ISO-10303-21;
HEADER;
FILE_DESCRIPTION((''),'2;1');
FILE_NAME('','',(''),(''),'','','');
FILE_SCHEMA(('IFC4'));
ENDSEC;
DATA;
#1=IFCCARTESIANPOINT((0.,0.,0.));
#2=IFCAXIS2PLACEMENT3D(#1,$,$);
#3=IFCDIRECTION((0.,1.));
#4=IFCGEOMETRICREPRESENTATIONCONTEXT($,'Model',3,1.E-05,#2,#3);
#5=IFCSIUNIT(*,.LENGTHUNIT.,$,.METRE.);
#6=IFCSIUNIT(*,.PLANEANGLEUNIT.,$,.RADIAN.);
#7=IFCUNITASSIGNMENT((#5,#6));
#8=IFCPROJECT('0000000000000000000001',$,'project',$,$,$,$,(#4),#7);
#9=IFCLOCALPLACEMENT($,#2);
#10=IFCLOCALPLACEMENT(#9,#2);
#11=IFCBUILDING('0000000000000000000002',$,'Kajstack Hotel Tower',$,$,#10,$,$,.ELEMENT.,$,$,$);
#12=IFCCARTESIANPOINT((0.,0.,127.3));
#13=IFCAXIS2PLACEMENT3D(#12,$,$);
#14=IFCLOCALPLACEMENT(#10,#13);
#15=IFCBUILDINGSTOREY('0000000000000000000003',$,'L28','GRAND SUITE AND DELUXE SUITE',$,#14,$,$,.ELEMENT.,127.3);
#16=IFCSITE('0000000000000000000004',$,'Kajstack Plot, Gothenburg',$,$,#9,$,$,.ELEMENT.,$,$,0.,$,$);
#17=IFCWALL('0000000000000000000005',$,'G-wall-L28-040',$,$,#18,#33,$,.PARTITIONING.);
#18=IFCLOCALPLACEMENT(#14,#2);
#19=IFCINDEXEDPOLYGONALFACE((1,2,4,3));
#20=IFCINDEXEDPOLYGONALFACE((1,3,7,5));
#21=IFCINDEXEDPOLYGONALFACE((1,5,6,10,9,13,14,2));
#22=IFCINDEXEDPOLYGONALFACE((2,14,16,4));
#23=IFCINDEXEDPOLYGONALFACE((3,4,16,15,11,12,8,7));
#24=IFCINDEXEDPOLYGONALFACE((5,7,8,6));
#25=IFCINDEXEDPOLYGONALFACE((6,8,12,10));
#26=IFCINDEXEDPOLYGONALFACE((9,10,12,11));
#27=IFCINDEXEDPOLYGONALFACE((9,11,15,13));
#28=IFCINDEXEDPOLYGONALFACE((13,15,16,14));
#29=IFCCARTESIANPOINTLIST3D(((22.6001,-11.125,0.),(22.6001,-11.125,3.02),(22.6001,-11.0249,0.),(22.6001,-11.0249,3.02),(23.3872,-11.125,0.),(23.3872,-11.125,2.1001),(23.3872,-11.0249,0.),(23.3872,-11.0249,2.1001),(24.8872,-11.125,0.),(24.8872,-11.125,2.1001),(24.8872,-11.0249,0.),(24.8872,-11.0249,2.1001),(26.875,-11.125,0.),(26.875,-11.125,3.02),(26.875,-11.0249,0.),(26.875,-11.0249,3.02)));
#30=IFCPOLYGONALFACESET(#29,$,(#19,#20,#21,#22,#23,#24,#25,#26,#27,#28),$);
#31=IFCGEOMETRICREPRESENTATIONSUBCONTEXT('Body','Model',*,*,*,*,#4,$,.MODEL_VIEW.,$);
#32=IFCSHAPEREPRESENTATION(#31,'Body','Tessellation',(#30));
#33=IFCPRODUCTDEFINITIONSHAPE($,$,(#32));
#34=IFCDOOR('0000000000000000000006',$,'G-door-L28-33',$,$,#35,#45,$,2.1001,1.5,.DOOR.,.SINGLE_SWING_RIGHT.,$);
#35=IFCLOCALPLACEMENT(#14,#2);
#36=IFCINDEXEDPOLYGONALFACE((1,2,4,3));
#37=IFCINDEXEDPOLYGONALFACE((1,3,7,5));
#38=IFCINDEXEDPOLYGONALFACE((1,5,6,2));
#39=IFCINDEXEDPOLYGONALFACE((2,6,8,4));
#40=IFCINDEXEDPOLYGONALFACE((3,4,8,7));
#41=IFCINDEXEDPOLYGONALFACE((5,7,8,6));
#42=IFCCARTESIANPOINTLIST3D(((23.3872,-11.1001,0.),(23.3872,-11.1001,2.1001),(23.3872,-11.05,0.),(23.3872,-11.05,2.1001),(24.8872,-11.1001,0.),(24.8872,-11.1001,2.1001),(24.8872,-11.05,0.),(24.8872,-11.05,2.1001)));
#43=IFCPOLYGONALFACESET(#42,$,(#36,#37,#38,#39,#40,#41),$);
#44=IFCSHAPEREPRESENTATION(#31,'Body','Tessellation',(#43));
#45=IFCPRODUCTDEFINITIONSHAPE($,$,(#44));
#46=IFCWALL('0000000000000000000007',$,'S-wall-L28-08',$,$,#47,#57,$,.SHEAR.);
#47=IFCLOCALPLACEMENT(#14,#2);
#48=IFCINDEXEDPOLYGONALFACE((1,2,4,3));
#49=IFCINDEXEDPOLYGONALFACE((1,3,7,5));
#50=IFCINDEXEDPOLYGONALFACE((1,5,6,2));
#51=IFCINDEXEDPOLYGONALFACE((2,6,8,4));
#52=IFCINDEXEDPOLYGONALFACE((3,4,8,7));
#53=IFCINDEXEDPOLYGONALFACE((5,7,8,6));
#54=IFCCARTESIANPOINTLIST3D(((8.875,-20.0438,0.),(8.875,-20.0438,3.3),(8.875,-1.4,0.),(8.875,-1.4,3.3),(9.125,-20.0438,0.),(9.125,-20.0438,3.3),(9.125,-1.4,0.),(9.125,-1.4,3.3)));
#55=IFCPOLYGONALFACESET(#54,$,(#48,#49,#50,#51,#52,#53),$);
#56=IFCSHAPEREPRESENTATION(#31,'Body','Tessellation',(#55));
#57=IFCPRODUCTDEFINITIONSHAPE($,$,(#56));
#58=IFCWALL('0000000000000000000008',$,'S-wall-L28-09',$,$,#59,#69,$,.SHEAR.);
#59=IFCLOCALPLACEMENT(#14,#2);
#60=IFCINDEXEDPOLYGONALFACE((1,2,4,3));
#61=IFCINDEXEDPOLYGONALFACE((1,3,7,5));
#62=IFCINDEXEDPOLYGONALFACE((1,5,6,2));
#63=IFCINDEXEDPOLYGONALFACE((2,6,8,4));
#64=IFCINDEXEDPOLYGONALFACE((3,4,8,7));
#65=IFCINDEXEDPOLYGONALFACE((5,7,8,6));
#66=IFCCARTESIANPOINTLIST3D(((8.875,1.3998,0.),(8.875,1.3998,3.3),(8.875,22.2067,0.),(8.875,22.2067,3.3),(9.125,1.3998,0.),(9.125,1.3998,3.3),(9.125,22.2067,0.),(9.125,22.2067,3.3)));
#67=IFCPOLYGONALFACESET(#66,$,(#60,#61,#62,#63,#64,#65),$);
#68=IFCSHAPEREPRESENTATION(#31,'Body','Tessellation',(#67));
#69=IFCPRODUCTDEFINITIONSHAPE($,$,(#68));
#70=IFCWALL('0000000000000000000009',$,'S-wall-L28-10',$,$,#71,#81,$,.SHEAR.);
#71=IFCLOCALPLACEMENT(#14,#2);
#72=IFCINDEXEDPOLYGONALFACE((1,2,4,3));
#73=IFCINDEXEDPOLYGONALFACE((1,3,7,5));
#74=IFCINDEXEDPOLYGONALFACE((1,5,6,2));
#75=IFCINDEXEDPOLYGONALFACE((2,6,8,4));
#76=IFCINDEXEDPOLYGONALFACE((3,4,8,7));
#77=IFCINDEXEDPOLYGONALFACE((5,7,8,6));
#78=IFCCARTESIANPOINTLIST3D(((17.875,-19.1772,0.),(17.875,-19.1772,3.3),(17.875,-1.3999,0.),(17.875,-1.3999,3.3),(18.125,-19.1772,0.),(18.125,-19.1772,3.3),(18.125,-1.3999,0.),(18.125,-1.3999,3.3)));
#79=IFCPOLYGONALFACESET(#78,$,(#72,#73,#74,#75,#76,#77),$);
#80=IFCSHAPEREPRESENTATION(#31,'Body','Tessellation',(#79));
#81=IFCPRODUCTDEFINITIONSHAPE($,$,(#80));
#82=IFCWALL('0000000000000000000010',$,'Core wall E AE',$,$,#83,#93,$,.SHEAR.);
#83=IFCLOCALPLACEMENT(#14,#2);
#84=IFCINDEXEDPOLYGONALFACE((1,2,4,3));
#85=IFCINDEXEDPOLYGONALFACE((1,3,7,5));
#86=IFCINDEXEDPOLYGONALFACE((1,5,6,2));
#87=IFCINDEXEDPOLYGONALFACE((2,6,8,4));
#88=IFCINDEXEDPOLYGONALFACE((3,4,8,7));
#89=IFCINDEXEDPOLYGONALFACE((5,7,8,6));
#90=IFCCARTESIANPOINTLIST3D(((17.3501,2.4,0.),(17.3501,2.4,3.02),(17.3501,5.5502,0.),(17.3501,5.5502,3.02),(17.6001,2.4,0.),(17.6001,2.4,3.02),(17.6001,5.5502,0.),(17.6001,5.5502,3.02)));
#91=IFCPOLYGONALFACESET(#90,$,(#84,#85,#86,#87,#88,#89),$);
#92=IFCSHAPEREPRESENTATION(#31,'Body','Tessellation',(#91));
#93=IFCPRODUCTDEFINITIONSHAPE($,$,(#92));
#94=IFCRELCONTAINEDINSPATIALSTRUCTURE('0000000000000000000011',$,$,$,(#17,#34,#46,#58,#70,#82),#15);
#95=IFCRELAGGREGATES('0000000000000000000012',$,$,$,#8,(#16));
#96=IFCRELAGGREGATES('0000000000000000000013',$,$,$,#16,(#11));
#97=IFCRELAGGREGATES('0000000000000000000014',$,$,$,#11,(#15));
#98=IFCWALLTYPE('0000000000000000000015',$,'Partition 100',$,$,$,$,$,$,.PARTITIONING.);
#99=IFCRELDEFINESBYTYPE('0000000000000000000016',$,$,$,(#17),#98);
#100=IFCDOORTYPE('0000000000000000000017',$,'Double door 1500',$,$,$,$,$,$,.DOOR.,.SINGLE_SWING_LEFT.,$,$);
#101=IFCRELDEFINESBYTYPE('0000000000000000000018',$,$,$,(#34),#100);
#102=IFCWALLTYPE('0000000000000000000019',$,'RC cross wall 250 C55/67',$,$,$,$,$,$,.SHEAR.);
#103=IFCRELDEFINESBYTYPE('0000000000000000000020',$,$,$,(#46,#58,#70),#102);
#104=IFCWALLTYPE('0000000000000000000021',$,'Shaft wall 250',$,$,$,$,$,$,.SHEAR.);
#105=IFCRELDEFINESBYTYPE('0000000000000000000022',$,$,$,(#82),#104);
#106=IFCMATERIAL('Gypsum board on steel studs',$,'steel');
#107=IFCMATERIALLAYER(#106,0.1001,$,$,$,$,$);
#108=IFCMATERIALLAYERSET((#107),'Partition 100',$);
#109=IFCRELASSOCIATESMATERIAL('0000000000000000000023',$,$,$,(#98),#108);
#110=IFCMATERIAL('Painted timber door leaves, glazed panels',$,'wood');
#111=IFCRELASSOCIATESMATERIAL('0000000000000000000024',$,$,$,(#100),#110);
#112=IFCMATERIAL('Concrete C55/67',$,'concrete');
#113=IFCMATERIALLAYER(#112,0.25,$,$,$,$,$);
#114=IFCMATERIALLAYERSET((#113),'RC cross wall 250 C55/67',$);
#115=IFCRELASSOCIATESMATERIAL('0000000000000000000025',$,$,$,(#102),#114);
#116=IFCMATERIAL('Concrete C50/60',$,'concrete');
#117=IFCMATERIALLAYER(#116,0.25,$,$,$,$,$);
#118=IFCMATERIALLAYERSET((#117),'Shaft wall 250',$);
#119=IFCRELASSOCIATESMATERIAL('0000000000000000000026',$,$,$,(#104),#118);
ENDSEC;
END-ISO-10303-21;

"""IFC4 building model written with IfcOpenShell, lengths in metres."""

from ifc_helpers import new_model, si_unit, direction, frame, frame_2d, origin, place, context, subcontext, project, spatial, rectangle, extrude, material, layer, layer_set, type_object, element, fill, save


model = new_model("IFC4")

# Units and contexts
model_context = context("Model", 3, precision=1e-05, world=origin(), true_north=direction((0.0, 1.0)))
body_context = subcontext(model_context, "Body", "Model", "MODEL_VIEW")
ifc_project = project(units=[si_unit("LENGTHUNIT", "METRE"), si_unit("PLANEANGLEUNIT", "RADIAN")], contexts=[model_context])

# Site, building, storey
site_placement = place(None, origin())
site = spatial("IfcSite", under=ifc_project, at=site_placement, Name="Kajstack Plot, Gothenburg", CompositionType="ELEMENT", RefElevation=0.0)
building_placement = place(site_placement, origin())
building = spatial("IfcBuilding", under=site, at=building_placement, Name="Kajstack Hotel Tower", CompositionType="ELEMENT")
storey_placement = place(building_placement, frame((0.0, 0.0, 127.3)))
storey = spatial("IfcBuildingStorey", under=building, at=storey_placement, Name="L28", Description="GRAND SUITE AND DELUXE SUITE", CompositionType="ELEMENT", Elevation=127.3)

# Wall, opening, door
ifc_material_1 = material(Name="Gypsum board on steel studs", Category="steel")
ifc_layer_1 = layer(ifc_material_1, 0.1001)
ifc_layer_set_1 = layer_set([ifc_layer_1], Name="Partition 100")
wall_type_1 = type_object("IfcWallType", Name="Partition 100", PredefinedType="PARTITIONING", material=ifc_layer_set_1)
wall_1_placement = place(storey_placement, frame((22.6001, -11.075, 0.0), z_axis=(0.0, 0.0, 1.0), x_axis=(1.0, 0.0, 0.0)))
wall_1 = element("IfcWall", 1, at=wall_1_placement, inside=storey, type_object=wall_type_1, Name="G-wall-L28-040", PredefinedType="PARTITIONING", context=body_context, shape_type="SweptSolid", body=[
    extrude(rectangle(XDim=4.2749, YDim=0.1001, at=frame_2d((2.1375, 0.0))), origin(), (0.0, 0.0, 1.0), 3.02),
])
opening_1_placement = place(wall_1_placement, frame((0.7871, 0.0, 0.0)))
opening_1 = element("IfcOpeningElement", 2, at=opening_1_placement, cuts=wall_1, PredefinedType="OPENING", context=body_context, shape_type="SweptSolid", body=[
    extrude(rectangle(XDim=1.5, YDim=2.1001, at=frame_2d((0.75, 1.05))), frame((0.0, 0.0601, 0.0), z_axis=(0.0, -1.0, 0.0), x_axis=(1.0, 0.0, 0.0)), (0.0, 0.0, 1.0), 0.1201),
])
ifc_material_2 = material(Name="Painted timber door leaves, glazed panels", Category="wood")
door_type_1 = type_object("IfcDoorType", Name="Double door 1500", OperationType="SINGLE_SWING_LEFT", PredefinedType="DOOR", material=ifc_material_2)
door_1_placement = place(opening_1_placement, origin())
door_1 = element("IfcDoor", 3, at=door_1_placement, inside=storey, type_object=door_type_1, Name="G-door-L28-33", OperationType="SINGLE_SWING_RIGHT", OverallHeight=2.1001, OverallWidth=1.5, PredefinedType="DOOR", context=body_context, shape_type="SweptSolid", body=[
    extrude(rectangle(XDim=1.5, YDim=2.1001, at=frame_2d((0.75, 1.05))), frame((0.0, 0.0249, 0.0), z_axis=(0.0, -1.0, 0.0), x_axis=(1.0, 0.0, 0.0)), (0.0, 0.0, 1.0), 0.05),
])
fill(opening_1, door_1)

# Walls
ifc_material_3 = material(Name="Concrete C55/67", Category="concrete")
ifc_layer_2 = layer(ifc_material_3, 0.25)
ifc_layer_set_2 = layer_set([ifc_layer_2], Name="RC cross wall 250 C55/67")
wall_type_2 = type_object("IfcWallType", Name="RC cross wall 250 C55/67", PredefinedType="SHEAR", material=ifc_layer_set_2)
wall_2_placement = place(storey_placement, frame((9.0, -20.0437, 0.0), z_axis=(0.0, 0.0, 1.0), x_axis=(0.0, 1.0, 0.0)))
element("IfcWall", 4, at=wall_2_placement, inside=storey, type_object=wall_type_2, Name="S-wall-L28-08", PredefinedType="SHEAR", context=body_context, shape_type="SweptSolid", body=[
    extrude(rectangle(XDim=18.6438, YDim=0.25, at=frame_2d((9.3218, 0.0))), origin(), (0.0, 0.0, 1.0), 3.3),
])
wall_3_placement = place(storey_placement, frame((9.0, 1.3999, 0.0), z_axis=(0.0, 0.0, 1.0), x_axis=(0.0, 1.0, 0.0)))
element("IfcWall", 5, at=wall_3_placement, inside=storey, type_object=wall_type_2, Name="S-wall-L28-09", PredefinedType="SHEAR", context=body_context, shape_type="SweptSolid", body=[
    extrude(rectangle(XDim=20.8069, YDim=0.25, at=frame_2d((10.4033, 0.0))), origin(), (0.0, 0.0, 1.0), 3.3),
])
wall_4_placement = place(storey_placement, frame((18.0, -19.1772, 0.0), z_axis=(0.0, 0.0, 1.0), x_axis=(0.0, 1.0, 0.0)))
element("IfcWall", 6, at=wall_4_placement, inside=storey, type_object=wall_type_2, Name="S-wall-L28-10", PredefinedType="SHEAR", context=body_context, shape_type="SweptSolid", body=[
    extrude(rectangle(XDim=17.7773, YDim=0.25, at=frame_2d((8.8887, 0.0))), origin(), (0.0, 0.0, 1.0), 3.3),
])
ifc_material_4 = material(Name="Concrete C50/60", Category="concrete")
ifc_layer_3 = layer(ifc_material_4, 0.25)
ifc_layer_set_3 = layer_set([ifc_layer_3], Name="Shaft wall 250")
wall_type_3 = type_object("IfcWallType", Name="Shaft wall 250", PredefinedType="SHEAR", material=ifc_layer_set_3)
wall_5_placement = place(storey_placement, frame((17.4751, 2.3999, 0.0), z_axis=(0.0, 0.0, 1.0), x_axis=(0.0, 1.0, 0.0)))
element("IfcWall", 7, at=wall_5_placement, inside=storey, type_object=wall_type_3, Name="Core wall E AE", PredefinedType="SHEAR", context=body_context, shape_type="SweptSolid", body=[
    extrude(rectangle(XDim=3.1501, YDim=0.25, at=frame_2d((1.5752, 0.0))), origin(), (0.0, 0.0, 1.0), 3.02),
])

save(model, "model.ifc")
